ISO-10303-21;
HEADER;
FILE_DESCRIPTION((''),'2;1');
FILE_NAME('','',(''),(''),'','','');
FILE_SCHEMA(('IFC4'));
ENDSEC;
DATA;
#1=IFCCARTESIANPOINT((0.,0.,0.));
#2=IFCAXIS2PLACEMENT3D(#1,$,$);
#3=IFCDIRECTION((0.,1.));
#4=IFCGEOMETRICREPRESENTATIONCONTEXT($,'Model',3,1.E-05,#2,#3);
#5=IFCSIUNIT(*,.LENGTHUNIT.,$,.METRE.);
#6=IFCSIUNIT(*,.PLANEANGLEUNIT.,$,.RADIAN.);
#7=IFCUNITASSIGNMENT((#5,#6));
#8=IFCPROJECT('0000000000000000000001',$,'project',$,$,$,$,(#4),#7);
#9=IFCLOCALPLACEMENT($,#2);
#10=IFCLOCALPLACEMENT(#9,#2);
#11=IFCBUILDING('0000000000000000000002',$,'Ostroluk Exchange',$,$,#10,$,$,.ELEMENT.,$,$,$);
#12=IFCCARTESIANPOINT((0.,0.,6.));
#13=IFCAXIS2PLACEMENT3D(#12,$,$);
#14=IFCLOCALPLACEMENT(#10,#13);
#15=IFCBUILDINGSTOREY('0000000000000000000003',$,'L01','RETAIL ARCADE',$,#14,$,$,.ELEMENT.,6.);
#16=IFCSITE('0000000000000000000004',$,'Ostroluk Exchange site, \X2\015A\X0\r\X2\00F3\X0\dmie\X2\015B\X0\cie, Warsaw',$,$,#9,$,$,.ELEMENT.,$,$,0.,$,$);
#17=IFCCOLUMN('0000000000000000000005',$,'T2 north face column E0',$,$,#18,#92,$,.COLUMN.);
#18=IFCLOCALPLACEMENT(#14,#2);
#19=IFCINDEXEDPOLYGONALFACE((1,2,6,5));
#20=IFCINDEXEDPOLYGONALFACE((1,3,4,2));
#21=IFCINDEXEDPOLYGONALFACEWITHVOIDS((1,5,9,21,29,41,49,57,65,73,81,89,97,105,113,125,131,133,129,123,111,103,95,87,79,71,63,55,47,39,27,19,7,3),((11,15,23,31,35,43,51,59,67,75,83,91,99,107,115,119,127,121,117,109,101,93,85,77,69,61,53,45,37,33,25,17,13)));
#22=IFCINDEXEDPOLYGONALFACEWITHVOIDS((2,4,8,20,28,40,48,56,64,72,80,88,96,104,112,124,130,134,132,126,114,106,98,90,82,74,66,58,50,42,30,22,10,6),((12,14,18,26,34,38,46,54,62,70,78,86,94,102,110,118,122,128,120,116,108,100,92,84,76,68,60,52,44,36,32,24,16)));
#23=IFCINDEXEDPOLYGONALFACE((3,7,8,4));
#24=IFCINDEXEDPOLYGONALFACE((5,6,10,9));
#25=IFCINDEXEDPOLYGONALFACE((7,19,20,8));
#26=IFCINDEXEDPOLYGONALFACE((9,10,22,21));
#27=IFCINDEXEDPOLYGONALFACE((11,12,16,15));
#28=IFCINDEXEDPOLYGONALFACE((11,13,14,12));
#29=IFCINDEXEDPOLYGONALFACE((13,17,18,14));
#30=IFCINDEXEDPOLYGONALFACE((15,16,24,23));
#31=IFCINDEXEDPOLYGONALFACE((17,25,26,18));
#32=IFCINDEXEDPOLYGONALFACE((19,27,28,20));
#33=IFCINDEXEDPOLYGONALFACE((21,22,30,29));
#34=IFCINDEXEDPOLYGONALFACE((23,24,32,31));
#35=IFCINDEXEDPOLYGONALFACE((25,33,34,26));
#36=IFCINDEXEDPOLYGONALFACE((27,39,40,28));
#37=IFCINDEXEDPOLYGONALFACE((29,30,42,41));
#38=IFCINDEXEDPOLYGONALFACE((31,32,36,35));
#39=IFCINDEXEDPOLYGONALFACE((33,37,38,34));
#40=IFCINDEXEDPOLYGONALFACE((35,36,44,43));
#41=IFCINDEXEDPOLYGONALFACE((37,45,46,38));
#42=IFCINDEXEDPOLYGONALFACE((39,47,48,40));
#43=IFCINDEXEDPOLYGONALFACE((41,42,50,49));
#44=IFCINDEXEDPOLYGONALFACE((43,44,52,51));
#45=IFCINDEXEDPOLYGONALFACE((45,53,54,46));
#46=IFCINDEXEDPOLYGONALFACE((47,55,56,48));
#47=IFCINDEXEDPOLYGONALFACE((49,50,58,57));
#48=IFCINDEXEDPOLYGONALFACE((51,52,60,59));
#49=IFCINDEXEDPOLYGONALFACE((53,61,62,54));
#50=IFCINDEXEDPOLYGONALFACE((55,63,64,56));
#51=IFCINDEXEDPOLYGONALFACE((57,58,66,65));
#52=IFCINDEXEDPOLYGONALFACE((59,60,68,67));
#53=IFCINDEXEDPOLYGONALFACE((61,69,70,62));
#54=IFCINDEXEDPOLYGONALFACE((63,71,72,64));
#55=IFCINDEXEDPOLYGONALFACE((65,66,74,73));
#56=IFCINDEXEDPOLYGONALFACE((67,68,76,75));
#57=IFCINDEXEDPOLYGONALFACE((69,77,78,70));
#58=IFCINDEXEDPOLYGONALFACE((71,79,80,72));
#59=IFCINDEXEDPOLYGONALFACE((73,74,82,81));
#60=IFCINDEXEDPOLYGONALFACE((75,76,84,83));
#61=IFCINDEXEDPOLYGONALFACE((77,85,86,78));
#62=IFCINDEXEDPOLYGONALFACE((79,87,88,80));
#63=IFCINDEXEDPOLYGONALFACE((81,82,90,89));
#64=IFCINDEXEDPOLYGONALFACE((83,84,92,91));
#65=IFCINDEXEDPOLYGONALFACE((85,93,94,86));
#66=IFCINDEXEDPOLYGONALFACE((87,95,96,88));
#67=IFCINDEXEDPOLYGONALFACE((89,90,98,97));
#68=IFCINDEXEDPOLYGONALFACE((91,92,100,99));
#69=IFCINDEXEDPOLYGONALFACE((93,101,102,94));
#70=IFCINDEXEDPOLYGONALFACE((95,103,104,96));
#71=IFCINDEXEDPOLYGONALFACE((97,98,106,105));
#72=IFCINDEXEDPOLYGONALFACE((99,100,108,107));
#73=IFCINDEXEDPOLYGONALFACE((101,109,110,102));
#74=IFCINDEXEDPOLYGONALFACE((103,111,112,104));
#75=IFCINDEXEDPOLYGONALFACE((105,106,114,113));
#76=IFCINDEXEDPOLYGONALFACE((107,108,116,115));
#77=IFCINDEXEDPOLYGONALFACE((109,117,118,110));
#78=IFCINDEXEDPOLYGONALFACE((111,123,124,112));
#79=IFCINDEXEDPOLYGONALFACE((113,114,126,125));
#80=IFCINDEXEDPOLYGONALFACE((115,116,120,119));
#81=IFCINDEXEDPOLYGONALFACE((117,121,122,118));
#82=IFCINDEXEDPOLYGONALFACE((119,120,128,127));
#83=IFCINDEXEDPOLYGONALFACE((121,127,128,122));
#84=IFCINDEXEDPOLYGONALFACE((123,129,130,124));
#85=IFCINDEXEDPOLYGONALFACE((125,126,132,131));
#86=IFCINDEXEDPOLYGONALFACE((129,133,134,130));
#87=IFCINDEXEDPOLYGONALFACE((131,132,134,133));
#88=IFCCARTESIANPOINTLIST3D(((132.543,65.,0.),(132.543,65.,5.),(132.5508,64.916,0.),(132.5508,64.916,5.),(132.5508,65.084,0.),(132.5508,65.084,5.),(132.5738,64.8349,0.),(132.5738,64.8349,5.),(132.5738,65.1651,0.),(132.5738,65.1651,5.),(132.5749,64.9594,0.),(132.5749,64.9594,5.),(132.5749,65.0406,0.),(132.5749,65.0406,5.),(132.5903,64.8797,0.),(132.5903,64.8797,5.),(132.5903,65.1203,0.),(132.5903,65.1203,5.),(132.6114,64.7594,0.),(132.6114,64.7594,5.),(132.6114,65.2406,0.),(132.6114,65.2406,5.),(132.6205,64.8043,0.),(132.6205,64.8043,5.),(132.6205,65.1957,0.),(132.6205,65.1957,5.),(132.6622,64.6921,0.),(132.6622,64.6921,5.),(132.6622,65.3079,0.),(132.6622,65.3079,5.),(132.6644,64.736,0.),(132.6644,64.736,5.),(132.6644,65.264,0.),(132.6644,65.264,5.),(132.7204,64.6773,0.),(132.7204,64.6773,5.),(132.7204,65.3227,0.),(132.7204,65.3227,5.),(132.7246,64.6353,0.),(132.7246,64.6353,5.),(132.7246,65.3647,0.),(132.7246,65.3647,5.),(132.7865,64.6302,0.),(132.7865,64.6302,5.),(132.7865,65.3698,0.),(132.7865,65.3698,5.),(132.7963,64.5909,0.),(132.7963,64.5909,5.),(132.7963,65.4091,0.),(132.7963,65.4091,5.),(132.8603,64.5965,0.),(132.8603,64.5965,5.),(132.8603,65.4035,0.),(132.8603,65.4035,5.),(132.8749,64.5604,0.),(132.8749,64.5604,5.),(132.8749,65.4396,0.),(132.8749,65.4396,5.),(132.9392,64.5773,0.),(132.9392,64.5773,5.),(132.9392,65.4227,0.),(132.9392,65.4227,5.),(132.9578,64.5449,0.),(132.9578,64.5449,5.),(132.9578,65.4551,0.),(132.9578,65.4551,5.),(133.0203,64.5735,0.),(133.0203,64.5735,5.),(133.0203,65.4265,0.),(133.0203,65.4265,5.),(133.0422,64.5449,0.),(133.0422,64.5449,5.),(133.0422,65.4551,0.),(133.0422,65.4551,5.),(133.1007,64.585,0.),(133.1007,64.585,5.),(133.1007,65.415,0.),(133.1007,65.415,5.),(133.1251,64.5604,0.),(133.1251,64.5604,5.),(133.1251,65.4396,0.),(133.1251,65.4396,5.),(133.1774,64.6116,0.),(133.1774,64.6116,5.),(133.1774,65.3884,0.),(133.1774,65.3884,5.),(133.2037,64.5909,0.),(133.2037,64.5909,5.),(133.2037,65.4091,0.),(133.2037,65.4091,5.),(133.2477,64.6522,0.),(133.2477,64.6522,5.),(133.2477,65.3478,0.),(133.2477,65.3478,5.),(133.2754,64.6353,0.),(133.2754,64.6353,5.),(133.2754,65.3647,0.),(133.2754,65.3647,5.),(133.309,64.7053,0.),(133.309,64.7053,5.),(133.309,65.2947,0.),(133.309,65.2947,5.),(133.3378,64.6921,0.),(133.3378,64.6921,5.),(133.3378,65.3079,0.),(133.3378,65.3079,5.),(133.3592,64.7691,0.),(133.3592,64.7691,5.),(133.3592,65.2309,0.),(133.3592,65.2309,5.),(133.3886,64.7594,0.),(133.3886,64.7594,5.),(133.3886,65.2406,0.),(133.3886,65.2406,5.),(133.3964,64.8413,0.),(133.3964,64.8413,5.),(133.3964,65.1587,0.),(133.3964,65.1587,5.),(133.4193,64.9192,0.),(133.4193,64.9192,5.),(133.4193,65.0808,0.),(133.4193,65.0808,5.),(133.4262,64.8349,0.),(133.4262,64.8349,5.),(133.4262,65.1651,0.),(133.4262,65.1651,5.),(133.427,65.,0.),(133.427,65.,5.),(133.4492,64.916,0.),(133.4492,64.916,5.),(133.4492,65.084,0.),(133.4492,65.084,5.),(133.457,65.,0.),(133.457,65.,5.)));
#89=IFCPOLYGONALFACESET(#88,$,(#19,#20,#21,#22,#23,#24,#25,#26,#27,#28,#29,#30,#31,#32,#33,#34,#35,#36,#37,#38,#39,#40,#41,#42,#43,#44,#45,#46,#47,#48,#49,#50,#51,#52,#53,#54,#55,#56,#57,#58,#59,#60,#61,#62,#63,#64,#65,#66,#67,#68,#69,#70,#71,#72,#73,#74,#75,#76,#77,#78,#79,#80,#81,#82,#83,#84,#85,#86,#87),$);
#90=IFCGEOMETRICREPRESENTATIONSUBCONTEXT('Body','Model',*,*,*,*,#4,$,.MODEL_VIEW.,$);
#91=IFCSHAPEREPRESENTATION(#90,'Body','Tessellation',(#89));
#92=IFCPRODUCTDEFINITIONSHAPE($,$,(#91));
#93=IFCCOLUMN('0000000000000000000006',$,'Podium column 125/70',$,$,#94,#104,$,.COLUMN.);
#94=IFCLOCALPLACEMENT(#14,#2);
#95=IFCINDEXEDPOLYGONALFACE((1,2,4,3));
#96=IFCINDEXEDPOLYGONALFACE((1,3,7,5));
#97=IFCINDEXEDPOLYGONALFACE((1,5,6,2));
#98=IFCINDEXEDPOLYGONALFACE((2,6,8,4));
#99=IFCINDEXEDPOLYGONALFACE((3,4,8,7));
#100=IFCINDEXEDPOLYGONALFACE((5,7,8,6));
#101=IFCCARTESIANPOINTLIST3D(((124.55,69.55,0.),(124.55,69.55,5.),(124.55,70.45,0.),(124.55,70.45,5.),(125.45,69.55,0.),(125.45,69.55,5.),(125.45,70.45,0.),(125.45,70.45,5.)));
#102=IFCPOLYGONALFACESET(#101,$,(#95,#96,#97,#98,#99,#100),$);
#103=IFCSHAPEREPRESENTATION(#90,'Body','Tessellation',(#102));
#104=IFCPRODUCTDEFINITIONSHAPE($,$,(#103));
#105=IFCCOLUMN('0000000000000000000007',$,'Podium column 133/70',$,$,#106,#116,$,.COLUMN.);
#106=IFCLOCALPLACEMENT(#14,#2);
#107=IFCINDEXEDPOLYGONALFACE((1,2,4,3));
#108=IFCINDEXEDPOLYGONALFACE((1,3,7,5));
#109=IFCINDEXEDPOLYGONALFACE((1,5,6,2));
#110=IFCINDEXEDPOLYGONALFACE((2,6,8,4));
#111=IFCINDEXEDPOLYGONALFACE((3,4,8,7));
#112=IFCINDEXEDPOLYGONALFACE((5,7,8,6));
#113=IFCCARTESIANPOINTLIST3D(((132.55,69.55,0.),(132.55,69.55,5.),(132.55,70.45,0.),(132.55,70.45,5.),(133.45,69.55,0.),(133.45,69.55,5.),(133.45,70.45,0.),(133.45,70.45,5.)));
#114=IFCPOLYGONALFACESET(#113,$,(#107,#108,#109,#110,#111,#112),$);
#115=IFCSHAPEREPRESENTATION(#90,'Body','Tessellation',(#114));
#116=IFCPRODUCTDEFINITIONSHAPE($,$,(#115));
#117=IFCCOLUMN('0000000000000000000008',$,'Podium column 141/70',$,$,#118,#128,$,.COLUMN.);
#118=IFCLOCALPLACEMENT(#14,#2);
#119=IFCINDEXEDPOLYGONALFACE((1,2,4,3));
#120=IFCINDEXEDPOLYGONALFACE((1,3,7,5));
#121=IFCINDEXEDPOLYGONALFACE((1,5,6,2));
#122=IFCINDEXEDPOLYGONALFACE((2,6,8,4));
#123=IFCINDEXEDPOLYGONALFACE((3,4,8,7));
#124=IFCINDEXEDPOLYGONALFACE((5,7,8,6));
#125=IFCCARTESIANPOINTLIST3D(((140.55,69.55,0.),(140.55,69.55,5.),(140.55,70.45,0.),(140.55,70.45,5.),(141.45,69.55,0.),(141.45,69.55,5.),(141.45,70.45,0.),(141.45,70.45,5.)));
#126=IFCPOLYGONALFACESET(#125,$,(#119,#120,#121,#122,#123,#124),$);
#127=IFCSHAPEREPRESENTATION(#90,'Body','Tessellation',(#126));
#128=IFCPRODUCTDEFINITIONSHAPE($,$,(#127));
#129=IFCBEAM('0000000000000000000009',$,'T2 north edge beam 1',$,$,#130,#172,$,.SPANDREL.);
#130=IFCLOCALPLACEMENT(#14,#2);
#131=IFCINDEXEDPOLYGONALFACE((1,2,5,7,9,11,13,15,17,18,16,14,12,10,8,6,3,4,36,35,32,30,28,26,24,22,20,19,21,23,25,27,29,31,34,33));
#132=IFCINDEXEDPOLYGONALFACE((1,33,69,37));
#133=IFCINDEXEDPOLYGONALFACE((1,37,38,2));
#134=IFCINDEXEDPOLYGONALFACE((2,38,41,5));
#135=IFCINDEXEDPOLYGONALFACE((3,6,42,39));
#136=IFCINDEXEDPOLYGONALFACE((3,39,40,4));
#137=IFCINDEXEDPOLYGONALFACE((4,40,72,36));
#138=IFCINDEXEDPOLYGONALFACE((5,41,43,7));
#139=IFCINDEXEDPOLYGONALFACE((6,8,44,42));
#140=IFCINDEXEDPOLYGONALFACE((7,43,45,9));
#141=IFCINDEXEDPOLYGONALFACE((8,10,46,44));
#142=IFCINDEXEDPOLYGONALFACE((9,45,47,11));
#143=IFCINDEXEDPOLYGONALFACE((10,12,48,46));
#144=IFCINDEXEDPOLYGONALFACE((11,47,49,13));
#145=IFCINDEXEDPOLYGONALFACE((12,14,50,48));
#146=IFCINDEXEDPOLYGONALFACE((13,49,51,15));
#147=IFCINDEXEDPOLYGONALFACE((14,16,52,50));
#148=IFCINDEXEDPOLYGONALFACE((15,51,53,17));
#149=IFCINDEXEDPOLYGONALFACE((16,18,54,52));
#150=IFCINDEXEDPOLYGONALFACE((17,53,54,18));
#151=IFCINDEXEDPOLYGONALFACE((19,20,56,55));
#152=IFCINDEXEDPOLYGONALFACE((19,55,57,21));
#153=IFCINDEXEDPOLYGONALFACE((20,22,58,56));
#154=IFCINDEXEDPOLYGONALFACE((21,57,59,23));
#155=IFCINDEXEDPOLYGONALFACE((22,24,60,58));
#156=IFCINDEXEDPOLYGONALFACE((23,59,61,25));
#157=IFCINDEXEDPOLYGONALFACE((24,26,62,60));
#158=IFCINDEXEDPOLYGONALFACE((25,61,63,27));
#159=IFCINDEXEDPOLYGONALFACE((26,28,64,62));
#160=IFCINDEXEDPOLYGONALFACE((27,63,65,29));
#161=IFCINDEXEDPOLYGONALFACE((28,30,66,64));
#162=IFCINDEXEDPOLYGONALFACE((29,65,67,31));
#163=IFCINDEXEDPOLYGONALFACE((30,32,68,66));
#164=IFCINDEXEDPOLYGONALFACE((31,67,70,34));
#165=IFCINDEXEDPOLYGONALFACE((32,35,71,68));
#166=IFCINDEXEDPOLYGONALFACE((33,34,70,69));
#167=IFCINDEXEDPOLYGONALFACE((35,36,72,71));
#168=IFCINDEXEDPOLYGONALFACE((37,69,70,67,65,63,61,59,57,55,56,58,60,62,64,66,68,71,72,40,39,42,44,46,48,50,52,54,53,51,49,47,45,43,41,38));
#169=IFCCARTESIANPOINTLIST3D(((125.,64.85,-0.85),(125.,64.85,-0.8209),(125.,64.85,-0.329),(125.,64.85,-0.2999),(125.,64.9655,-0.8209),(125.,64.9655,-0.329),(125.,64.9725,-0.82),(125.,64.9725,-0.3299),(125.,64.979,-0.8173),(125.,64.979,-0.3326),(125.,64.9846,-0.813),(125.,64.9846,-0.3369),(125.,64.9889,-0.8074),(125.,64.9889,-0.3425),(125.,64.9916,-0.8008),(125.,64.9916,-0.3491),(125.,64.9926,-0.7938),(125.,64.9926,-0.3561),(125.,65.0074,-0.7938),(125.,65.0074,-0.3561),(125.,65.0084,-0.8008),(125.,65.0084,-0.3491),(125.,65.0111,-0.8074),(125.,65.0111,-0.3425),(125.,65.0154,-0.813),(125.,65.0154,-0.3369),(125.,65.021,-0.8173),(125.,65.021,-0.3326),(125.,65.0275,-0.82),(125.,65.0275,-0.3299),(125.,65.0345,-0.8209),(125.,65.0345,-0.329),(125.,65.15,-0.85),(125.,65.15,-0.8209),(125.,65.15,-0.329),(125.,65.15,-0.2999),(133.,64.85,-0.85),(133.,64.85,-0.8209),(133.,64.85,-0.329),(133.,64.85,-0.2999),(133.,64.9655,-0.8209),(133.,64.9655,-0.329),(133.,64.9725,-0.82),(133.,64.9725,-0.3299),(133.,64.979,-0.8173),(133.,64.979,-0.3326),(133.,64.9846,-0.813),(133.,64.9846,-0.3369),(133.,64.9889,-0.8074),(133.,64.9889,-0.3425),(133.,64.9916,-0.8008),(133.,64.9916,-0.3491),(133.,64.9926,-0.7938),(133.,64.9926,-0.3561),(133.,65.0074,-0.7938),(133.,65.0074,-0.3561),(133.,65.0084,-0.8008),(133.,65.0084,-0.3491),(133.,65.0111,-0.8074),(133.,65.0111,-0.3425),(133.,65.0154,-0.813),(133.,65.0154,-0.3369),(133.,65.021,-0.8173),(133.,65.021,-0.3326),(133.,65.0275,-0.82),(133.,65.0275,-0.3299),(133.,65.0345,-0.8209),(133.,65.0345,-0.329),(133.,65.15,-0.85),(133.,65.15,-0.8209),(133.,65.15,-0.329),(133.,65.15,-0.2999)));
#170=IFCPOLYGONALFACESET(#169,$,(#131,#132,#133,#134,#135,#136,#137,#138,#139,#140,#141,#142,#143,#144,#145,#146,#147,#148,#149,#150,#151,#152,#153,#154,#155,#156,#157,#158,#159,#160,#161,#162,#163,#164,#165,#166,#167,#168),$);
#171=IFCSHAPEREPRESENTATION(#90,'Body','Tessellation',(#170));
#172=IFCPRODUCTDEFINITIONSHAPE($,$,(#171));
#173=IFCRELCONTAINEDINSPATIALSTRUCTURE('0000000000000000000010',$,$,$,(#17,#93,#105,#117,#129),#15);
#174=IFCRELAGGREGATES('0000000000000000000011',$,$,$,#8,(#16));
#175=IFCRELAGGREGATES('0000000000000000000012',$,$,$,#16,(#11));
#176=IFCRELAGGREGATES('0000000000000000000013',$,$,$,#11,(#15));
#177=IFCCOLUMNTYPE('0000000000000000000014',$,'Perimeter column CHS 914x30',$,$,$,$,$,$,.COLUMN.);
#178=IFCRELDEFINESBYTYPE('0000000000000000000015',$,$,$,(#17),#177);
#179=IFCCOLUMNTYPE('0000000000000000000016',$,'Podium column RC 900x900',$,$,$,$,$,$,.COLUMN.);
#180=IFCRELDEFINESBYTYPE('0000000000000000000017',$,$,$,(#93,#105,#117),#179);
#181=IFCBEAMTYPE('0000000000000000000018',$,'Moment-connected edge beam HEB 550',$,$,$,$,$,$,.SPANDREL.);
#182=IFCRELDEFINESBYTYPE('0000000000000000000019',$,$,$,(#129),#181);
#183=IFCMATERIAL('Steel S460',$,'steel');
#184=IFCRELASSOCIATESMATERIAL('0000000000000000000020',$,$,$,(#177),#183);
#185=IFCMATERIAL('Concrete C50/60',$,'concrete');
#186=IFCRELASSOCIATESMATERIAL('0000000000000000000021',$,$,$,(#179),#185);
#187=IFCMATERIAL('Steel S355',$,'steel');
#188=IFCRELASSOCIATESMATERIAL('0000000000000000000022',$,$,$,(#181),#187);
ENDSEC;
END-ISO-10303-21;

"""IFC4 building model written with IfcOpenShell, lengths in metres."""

from ifc_helpers import new_model, si_unit, direction, frame, origin, origin_2d, place, context, subcontext, project, spatial, rectangle, hollow_circle, i_section, extrude, material, material_profile, profile_set, type_object, element, save


model = new_model("IFC4")

# Units and contexts
model_context = context("Model", 3, precision=1e-05, world=origin(), true_north=direction((0.0, 1.0)))
body_context = subcontext(model_context, "Body", "Model", "MODEL_VIEW")
ifc_project = project(units=[si_unit("LENGTHUNIT", "METRE"), si_unit("PLANEANGLEUNIT", "RADIAN")], contexts=[model_context])

# Site, building, storey
site_placement = place(None, origin())
site = spatial("IfcSite", under=ifc_project, at=site_placement, Name="Ostroluk Exchange site, Śródmieście, Warsaw", CompositionType="ELEMENT", RefElevation=0.0)
building_placement = place(site_placement, origin())
building = spatial("IfcBuilding", under=site, at=building_placement, Name="Ostroluk Exchange", CompositionType="ELEMENT")
storey_placement = place(building_placement, frame((0.0, 0.0, 6.0)))
storey = spatial("IfcBuildingStorey", under=building, at=storey_placement, Name="L01", Description="RETAIL ARCADE", CompositionType="ELEMENT", Elevation=6.0)

# Columns
ifc_material_1 = material(Name="Steel S460", Category="steel")
ifc_material_profile_1 = material_profile(ifc_material_1, hollow_circle(Radius=0.457, WallThickness=0.03, at=origin_2d()), Name="CHS 914x30")
ifc_profile_set_1 = profile_set([ifc_material_profile_1], Name="Steel S460")
column_type_1 = type_object("IfcColumnType", Name="Perimeter column CHS 914x30", PredefinedType="COLUMN", material=ifc_profile_set_1)
column_placement = place(storey_placement, frame((133.0, 65.0, 0.0), z_axis=(0.0, 0.0, 1.0), x_axis=(1.0, 0.0, 0.0)))
element("IfcColumn", 1, at=column_placement, inside=storey, type_object=column_type_1, Name="T2 north face column E0", PredefinedType="COLUMN", context=body_context, shape_type="SweptSolid", body=[
    extrude(hollow_circle(Radius=0.457, WallThickness=0.03, at=origin_2d()), origin(), (0.0, 0.0, 1.0), 5.0),
])
ifc_material_2 = material(Name="Concrete C50/60", Category="concrete")
ifc_material_profile_2 = material_profile(ifc_material_2, rectangle(XDim=0.8999, YDim=0.8999, at=origin_2d()), Name="RC 900x900")
ifc_profile_set_2 = profile_set([ifc_material_profile_2], Name="Concrete C50/60")
column_type_2 = type_object("IfcColumnType", Name="Podium column RC 900x900", PredefinedType="COLUMN", material=ifc_profile_set_2)
for number, where, z_axis, x_axis, name in (
    (2, (125.0, 70.0, 0.0), (0.0, 0.0, 1.0), (1.0, 0.0, 0.0), "Podium column 125/70"),
    (3, (133.0, 70.0, 0.0), (0.0, 0.0, 1.0), (1.0, 0.0, 0.0), "Podium column 133/70"),
    (4, (141.0, 70.0, 0.0), (0.0, 0.0, 1.0), (1.0, 0.0, 0.0), "Podium column 141/70"),
):
    element("IfcColumn", number, at=place(storey_placement, frame(where, z_axis=z_axis, x_axis=x_axis)), inside=storey, type_object=column_type_2, Name=name, PredefinedType="COLUMN", context=body_context, shape_type="SweptSolid", body=[
        extrude(rectangle(XDim=0.8999, YDim=0.8999, at=origin_2d()), origin(), (0.0, 0.0, 1.0), 5.0),
    ])

# Beam
ifc_material_3 = material(Name="Steel S355", Category="steel")
ifc_material_profile_3 = material_profile(ifc_material_3, i_section(OverallWidth=0.3, OverallDepth=0.55, WebThickness=0.0149, FlangeThickness=0.0291, FilletRadius=0.0271, at=origin_2d()), Name="HEB 550")
ifc_profile_set_3 = profile_set([ifc_material_profile_3], Name="Steel S355")
beam_type = type_object("IfcBeamType", Name="Moment-connected edge beam HEB 550", PredefinedType="SPANDREL", material=ifc_profile_set_3)
beam_placement = place(storey_placement, frame((133.0, 65.0, -0.575), z_axis=(-1.0, 0.0, 0.0), x_axis=(0.0, -1.0, 0.0)))
element("IfcBeam", 5, at=beam_placement, inside=storey, type_object=beam_type, Name="T2 north edge beam 1", PredefinedType="SPANDREL", context=body_context, shape_type="SweptSolid", body=[
    extrude(i_section(OverallWidth=0.3, OverallDepth=0.55, WebThickness=0.0149, FlangeThickness=0.0291, FilletRadius=0.0271, at=origin_2d()), origin(), (0.0, 0.0, 1.0), 8.0),
])

save(model, "model.ifc")
